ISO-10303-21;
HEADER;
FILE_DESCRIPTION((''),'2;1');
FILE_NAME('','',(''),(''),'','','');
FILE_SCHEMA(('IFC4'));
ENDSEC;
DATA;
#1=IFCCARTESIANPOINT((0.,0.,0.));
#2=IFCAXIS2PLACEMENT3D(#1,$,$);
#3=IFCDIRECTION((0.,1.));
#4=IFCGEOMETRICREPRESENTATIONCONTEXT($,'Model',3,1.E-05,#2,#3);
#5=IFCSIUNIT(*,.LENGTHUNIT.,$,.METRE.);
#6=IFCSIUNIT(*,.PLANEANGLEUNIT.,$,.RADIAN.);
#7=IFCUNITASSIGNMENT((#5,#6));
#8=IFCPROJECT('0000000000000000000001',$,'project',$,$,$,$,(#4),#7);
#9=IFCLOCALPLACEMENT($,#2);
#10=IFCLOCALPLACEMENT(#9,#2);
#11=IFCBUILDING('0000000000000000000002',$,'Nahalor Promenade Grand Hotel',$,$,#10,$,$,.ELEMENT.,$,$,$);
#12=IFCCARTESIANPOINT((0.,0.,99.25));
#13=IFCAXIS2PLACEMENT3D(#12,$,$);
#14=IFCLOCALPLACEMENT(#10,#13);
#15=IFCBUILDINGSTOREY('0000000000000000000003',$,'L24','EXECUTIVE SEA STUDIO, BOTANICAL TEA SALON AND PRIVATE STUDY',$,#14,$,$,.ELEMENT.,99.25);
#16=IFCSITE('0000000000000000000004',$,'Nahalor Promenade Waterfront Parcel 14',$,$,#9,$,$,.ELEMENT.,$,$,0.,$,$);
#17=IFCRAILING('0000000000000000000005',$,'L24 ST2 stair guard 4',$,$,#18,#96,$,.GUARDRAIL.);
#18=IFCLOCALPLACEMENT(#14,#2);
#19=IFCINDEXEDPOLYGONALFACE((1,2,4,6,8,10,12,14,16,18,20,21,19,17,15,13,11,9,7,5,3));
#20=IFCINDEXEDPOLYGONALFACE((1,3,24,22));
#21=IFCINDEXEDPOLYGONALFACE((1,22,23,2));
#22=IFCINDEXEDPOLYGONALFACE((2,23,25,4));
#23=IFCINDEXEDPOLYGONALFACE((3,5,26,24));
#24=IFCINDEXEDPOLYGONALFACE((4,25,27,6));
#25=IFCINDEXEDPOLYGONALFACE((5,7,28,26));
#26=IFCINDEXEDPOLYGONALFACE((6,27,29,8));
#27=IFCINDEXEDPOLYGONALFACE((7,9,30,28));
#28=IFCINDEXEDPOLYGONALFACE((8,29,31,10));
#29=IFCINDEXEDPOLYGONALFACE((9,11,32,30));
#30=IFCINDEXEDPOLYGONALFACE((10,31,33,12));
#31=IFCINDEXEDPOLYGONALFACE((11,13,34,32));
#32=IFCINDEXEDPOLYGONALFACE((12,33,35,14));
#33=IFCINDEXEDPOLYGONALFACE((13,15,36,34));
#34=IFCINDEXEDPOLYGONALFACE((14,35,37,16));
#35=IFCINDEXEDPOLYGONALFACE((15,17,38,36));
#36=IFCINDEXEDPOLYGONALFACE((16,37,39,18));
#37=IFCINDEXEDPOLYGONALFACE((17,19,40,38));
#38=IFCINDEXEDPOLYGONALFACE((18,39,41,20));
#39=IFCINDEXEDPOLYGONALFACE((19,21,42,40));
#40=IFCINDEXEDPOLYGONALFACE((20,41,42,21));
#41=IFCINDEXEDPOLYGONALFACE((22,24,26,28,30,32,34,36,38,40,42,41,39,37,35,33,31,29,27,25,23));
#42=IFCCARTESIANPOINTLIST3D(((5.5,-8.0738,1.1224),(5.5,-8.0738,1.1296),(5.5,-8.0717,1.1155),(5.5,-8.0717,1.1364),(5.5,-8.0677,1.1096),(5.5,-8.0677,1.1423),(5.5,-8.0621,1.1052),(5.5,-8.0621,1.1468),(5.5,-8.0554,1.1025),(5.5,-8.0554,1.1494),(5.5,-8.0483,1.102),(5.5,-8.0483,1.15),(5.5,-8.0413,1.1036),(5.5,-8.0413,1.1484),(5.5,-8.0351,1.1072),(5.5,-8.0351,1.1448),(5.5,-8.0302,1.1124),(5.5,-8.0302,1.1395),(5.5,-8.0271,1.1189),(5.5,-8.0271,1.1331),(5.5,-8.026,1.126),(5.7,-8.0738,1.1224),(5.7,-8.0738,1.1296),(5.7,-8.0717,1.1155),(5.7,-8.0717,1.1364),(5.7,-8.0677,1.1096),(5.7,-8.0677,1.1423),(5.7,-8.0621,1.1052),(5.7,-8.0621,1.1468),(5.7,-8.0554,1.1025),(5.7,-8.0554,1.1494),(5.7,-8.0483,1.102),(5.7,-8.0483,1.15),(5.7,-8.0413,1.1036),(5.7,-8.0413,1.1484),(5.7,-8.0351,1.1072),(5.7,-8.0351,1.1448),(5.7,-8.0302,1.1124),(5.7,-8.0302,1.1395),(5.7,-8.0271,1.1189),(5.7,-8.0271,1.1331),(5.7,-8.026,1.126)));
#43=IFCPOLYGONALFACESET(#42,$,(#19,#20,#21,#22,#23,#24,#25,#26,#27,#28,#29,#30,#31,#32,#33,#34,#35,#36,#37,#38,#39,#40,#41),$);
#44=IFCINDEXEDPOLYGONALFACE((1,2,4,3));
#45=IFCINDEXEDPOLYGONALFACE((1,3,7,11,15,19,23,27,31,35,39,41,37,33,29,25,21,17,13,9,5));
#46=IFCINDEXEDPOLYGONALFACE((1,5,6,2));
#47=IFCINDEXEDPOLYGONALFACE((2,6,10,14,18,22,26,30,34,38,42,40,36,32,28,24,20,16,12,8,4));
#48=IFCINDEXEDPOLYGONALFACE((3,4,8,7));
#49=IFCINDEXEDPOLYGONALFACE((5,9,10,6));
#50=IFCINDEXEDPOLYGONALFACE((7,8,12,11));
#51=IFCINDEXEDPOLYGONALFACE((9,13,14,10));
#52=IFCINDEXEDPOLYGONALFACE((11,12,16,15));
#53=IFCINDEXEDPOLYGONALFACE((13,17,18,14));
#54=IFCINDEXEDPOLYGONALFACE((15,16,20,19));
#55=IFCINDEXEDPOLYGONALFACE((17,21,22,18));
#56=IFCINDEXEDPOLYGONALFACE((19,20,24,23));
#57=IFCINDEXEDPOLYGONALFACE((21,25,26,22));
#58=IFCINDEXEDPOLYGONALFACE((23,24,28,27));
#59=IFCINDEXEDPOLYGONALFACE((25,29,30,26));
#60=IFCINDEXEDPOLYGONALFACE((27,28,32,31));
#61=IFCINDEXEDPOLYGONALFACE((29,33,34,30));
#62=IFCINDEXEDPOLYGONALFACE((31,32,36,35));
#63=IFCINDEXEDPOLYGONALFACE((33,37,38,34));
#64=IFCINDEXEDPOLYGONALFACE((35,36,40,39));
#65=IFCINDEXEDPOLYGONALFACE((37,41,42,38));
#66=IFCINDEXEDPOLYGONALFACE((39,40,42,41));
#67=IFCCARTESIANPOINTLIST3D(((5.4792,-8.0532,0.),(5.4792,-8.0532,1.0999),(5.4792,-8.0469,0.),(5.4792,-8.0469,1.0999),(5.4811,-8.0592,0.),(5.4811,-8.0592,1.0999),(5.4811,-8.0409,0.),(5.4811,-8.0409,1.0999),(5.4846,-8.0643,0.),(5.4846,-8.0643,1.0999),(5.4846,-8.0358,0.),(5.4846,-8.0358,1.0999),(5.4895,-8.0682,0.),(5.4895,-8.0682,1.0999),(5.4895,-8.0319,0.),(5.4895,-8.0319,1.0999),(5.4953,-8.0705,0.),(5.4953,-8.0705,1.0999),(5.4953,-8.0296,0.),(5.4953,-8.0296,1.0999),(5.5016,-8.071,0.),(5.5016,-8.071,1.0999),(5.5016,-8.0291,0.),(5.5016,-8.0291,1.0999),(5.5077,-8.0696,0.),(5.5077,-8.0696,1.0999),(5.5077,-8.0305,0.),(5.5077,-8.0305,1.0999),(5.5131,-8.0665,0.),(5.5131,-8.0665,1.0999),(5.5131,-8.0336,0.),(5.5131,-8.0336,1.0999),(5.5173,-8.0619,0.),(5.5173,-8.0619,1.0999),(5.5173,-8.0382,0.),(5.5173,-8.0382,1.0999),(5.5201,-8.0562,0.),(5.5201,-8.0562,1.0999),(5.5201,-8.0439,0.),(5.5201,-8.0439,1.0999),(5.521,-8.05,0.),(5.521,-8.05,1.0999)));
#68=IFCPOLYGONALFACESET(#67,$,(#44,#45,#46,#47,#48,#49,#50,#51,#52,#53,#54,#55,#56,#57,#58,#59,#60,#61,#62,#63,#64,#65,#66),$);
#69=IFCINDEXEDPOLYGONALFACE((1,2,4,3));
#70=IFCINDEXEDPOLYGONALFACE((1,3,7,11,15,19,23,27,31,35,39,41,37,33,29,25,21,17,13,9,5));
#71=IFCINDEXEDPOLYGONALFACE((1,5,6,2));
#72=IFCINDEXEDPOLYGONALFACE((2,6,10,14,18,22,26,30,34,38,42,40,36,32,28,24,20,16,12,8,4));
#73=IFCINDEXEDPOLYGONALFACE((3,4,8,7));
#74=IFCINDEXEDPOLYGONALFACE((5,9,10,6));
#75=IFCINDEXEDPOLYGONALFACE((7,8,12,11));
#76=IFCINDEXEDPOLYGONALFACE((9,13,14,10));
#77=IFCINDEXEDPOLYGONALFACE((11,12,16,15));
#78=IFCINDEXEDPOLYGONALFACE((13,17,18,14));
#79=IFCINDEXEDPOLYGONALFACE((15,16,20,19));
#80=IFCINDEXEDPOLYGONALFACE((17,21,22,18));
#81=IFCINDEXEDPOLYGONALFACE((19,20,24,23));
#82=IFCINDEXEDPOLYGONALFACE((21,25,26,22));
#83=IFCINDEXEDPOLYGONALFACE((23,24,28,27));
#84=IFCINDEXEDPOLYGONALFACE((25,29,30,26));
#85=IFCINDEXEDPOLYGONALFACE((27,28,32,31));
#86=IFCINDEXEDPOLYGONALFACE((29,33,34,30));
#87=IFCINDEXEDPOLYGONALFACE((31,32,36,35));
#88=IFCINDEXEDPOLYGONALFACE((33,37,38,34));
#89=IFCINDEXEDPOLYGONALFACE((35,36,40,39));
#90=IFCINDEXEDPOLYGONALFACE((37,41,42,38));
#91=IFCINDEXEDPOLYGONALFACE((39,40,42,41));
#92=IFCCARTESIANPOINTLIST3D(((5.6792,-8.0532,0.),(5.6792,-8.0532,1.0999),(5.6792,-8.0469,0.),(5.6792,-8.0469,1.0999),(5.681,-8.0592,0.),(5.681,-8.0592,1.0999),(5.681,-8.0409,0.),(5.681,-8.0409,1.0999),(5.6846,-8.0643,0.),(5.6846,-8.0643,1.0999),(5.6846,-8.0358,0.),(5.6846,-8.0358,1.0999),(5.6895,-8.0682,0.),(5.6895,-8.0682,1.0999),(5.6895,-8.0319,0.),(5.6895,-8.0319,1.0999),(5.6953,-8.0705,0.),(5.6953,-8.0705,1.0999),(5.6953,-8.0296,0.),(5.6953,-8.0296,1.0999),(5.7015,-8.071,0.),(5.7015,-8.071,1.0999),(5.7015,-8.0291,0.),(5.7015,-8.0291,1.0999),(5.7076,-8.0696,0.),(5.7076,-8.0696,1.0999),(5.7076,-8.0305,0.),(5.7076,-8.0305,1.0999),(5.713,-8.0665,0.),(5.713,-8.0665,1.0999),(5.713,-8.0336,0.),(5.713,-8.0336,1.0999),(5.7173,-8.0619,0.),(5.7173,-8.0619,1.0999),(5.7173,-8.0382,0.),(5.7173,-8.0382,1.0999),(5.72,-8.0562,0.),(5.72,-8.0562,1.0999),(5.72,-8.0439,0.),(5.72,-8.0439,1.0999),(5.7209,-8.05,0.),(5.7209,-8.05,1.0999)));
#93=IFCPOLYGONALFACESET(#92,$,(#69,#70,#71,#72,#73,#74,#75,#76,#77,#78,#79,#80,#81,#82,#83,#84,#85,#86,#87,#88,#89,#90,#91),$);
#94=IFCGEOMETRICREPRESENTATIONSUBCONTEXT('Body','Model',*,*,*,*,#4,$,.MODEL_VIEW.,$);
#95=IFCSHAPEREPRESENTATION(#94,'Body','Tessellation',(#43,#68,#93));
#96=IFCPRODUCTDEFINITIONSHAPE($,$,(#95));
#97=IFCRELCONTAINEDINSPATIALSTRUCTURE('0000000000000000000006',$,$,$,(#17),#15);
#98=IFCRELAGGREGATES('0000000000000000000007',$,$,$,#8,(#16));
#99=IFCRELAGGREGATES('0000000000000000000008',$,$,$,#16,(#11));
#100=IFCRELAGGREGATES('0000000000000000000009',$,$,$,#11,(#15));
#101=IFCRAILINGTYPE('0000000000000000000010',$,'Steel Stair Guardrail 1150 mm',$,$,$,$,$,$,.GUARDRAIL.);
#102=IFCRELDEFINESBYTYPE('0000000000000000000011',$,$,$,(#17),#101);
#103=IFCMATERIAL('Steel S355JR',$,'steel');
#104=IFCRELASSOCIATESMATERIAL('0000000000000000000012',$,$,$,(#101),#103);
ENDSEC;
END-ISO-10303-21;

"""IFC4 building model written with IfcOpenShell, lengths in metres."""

from ifc_helpers import new_model, si_unit, direction, frame, origin, origin_2d, place, context, subcontext, project, spatial, circle, extrude, material, type_object, element, save


model = new_model("IFC4")

# Units and contexts
model_context = context("Model", 3, precision=1e-05, world=origin(), true_north=direction((0.0, 1.0)))
body_context = subcontext(model_context, "Body", "Model", "MODEL_VIEW")
ifc_project = project(units=[si_unit("LENGTHUNIT", "METRE"), si_unit("PLANEANGLEUNIT", "RADIAN")], contexts=[model_context])

# Site, building, storey
site_placement = place(None, origin())
site = spatial("IfcSite", under=ifc_project, at=site_placement, Name="Nahalor Promenade Waterfront Parcel 14", CompositionType="ELEMENT", RefElevation=0.0)
building_placement = place(site_placement, origin())
building = spatial("IfcBuilding", under=site, at=building_placement, Name="Nahalor Promenade Grand Hotel", CompositionType="ELEMENT")
storey_placement = place(building_placement, frame((0.0, 0.0, 99.25)))
storey = spatial("IfcBuildingStorey", under=building, at=storey_placement, Name="L24", Description="EXECUTIVE SEA STUDIO, BOTANICAL TEA SALON AND PRIVATE STUDY", CompositionType="ELEMENT", Elevation=99.25)

# Shared definitions
ifc_material_1 = material(Name="Steel S355JR", Category="steel")

# Railing
railing_type_1 = type_object("IfcRailingType", Name="Steel Stair Guardrail 1150 mm", PredefinedType="GUARDRAIL", material=ifc_material_1)
railing_1_placement = place(storey_placement, frame((5.5, -8.05, 0.0)))
element("IfcRailing", 1, at=railing_1_placement, inside=storey, type_object=railing_type_1, Name="L24 ST2 stair guard 4", PredefinedType="GUARDRAIL", context=body_context, shape_type="SweptSolid", body=[
    extrude(circle(Radius=0.024, at=origin_2d()), frame((0.0, 0.0, 1.126), z_axis=(1.0, 0.0, 0.0), x_axis=(0.0, 1.0, 0.0)), (0.0, 0.0, 1.0), 0.2),
    extrude(circle(Radius=0.021, at=origin_2d()), origin(), (0.0, 0.0, 1.0), 1.0999),
    extrude(circle(Radius=0.021, at=origin_2d()), frame((0.2, 0.0, 0.0)), (0.0, 0.0, 1.0), 1.0999),
])

save(model, "model.ifc")
